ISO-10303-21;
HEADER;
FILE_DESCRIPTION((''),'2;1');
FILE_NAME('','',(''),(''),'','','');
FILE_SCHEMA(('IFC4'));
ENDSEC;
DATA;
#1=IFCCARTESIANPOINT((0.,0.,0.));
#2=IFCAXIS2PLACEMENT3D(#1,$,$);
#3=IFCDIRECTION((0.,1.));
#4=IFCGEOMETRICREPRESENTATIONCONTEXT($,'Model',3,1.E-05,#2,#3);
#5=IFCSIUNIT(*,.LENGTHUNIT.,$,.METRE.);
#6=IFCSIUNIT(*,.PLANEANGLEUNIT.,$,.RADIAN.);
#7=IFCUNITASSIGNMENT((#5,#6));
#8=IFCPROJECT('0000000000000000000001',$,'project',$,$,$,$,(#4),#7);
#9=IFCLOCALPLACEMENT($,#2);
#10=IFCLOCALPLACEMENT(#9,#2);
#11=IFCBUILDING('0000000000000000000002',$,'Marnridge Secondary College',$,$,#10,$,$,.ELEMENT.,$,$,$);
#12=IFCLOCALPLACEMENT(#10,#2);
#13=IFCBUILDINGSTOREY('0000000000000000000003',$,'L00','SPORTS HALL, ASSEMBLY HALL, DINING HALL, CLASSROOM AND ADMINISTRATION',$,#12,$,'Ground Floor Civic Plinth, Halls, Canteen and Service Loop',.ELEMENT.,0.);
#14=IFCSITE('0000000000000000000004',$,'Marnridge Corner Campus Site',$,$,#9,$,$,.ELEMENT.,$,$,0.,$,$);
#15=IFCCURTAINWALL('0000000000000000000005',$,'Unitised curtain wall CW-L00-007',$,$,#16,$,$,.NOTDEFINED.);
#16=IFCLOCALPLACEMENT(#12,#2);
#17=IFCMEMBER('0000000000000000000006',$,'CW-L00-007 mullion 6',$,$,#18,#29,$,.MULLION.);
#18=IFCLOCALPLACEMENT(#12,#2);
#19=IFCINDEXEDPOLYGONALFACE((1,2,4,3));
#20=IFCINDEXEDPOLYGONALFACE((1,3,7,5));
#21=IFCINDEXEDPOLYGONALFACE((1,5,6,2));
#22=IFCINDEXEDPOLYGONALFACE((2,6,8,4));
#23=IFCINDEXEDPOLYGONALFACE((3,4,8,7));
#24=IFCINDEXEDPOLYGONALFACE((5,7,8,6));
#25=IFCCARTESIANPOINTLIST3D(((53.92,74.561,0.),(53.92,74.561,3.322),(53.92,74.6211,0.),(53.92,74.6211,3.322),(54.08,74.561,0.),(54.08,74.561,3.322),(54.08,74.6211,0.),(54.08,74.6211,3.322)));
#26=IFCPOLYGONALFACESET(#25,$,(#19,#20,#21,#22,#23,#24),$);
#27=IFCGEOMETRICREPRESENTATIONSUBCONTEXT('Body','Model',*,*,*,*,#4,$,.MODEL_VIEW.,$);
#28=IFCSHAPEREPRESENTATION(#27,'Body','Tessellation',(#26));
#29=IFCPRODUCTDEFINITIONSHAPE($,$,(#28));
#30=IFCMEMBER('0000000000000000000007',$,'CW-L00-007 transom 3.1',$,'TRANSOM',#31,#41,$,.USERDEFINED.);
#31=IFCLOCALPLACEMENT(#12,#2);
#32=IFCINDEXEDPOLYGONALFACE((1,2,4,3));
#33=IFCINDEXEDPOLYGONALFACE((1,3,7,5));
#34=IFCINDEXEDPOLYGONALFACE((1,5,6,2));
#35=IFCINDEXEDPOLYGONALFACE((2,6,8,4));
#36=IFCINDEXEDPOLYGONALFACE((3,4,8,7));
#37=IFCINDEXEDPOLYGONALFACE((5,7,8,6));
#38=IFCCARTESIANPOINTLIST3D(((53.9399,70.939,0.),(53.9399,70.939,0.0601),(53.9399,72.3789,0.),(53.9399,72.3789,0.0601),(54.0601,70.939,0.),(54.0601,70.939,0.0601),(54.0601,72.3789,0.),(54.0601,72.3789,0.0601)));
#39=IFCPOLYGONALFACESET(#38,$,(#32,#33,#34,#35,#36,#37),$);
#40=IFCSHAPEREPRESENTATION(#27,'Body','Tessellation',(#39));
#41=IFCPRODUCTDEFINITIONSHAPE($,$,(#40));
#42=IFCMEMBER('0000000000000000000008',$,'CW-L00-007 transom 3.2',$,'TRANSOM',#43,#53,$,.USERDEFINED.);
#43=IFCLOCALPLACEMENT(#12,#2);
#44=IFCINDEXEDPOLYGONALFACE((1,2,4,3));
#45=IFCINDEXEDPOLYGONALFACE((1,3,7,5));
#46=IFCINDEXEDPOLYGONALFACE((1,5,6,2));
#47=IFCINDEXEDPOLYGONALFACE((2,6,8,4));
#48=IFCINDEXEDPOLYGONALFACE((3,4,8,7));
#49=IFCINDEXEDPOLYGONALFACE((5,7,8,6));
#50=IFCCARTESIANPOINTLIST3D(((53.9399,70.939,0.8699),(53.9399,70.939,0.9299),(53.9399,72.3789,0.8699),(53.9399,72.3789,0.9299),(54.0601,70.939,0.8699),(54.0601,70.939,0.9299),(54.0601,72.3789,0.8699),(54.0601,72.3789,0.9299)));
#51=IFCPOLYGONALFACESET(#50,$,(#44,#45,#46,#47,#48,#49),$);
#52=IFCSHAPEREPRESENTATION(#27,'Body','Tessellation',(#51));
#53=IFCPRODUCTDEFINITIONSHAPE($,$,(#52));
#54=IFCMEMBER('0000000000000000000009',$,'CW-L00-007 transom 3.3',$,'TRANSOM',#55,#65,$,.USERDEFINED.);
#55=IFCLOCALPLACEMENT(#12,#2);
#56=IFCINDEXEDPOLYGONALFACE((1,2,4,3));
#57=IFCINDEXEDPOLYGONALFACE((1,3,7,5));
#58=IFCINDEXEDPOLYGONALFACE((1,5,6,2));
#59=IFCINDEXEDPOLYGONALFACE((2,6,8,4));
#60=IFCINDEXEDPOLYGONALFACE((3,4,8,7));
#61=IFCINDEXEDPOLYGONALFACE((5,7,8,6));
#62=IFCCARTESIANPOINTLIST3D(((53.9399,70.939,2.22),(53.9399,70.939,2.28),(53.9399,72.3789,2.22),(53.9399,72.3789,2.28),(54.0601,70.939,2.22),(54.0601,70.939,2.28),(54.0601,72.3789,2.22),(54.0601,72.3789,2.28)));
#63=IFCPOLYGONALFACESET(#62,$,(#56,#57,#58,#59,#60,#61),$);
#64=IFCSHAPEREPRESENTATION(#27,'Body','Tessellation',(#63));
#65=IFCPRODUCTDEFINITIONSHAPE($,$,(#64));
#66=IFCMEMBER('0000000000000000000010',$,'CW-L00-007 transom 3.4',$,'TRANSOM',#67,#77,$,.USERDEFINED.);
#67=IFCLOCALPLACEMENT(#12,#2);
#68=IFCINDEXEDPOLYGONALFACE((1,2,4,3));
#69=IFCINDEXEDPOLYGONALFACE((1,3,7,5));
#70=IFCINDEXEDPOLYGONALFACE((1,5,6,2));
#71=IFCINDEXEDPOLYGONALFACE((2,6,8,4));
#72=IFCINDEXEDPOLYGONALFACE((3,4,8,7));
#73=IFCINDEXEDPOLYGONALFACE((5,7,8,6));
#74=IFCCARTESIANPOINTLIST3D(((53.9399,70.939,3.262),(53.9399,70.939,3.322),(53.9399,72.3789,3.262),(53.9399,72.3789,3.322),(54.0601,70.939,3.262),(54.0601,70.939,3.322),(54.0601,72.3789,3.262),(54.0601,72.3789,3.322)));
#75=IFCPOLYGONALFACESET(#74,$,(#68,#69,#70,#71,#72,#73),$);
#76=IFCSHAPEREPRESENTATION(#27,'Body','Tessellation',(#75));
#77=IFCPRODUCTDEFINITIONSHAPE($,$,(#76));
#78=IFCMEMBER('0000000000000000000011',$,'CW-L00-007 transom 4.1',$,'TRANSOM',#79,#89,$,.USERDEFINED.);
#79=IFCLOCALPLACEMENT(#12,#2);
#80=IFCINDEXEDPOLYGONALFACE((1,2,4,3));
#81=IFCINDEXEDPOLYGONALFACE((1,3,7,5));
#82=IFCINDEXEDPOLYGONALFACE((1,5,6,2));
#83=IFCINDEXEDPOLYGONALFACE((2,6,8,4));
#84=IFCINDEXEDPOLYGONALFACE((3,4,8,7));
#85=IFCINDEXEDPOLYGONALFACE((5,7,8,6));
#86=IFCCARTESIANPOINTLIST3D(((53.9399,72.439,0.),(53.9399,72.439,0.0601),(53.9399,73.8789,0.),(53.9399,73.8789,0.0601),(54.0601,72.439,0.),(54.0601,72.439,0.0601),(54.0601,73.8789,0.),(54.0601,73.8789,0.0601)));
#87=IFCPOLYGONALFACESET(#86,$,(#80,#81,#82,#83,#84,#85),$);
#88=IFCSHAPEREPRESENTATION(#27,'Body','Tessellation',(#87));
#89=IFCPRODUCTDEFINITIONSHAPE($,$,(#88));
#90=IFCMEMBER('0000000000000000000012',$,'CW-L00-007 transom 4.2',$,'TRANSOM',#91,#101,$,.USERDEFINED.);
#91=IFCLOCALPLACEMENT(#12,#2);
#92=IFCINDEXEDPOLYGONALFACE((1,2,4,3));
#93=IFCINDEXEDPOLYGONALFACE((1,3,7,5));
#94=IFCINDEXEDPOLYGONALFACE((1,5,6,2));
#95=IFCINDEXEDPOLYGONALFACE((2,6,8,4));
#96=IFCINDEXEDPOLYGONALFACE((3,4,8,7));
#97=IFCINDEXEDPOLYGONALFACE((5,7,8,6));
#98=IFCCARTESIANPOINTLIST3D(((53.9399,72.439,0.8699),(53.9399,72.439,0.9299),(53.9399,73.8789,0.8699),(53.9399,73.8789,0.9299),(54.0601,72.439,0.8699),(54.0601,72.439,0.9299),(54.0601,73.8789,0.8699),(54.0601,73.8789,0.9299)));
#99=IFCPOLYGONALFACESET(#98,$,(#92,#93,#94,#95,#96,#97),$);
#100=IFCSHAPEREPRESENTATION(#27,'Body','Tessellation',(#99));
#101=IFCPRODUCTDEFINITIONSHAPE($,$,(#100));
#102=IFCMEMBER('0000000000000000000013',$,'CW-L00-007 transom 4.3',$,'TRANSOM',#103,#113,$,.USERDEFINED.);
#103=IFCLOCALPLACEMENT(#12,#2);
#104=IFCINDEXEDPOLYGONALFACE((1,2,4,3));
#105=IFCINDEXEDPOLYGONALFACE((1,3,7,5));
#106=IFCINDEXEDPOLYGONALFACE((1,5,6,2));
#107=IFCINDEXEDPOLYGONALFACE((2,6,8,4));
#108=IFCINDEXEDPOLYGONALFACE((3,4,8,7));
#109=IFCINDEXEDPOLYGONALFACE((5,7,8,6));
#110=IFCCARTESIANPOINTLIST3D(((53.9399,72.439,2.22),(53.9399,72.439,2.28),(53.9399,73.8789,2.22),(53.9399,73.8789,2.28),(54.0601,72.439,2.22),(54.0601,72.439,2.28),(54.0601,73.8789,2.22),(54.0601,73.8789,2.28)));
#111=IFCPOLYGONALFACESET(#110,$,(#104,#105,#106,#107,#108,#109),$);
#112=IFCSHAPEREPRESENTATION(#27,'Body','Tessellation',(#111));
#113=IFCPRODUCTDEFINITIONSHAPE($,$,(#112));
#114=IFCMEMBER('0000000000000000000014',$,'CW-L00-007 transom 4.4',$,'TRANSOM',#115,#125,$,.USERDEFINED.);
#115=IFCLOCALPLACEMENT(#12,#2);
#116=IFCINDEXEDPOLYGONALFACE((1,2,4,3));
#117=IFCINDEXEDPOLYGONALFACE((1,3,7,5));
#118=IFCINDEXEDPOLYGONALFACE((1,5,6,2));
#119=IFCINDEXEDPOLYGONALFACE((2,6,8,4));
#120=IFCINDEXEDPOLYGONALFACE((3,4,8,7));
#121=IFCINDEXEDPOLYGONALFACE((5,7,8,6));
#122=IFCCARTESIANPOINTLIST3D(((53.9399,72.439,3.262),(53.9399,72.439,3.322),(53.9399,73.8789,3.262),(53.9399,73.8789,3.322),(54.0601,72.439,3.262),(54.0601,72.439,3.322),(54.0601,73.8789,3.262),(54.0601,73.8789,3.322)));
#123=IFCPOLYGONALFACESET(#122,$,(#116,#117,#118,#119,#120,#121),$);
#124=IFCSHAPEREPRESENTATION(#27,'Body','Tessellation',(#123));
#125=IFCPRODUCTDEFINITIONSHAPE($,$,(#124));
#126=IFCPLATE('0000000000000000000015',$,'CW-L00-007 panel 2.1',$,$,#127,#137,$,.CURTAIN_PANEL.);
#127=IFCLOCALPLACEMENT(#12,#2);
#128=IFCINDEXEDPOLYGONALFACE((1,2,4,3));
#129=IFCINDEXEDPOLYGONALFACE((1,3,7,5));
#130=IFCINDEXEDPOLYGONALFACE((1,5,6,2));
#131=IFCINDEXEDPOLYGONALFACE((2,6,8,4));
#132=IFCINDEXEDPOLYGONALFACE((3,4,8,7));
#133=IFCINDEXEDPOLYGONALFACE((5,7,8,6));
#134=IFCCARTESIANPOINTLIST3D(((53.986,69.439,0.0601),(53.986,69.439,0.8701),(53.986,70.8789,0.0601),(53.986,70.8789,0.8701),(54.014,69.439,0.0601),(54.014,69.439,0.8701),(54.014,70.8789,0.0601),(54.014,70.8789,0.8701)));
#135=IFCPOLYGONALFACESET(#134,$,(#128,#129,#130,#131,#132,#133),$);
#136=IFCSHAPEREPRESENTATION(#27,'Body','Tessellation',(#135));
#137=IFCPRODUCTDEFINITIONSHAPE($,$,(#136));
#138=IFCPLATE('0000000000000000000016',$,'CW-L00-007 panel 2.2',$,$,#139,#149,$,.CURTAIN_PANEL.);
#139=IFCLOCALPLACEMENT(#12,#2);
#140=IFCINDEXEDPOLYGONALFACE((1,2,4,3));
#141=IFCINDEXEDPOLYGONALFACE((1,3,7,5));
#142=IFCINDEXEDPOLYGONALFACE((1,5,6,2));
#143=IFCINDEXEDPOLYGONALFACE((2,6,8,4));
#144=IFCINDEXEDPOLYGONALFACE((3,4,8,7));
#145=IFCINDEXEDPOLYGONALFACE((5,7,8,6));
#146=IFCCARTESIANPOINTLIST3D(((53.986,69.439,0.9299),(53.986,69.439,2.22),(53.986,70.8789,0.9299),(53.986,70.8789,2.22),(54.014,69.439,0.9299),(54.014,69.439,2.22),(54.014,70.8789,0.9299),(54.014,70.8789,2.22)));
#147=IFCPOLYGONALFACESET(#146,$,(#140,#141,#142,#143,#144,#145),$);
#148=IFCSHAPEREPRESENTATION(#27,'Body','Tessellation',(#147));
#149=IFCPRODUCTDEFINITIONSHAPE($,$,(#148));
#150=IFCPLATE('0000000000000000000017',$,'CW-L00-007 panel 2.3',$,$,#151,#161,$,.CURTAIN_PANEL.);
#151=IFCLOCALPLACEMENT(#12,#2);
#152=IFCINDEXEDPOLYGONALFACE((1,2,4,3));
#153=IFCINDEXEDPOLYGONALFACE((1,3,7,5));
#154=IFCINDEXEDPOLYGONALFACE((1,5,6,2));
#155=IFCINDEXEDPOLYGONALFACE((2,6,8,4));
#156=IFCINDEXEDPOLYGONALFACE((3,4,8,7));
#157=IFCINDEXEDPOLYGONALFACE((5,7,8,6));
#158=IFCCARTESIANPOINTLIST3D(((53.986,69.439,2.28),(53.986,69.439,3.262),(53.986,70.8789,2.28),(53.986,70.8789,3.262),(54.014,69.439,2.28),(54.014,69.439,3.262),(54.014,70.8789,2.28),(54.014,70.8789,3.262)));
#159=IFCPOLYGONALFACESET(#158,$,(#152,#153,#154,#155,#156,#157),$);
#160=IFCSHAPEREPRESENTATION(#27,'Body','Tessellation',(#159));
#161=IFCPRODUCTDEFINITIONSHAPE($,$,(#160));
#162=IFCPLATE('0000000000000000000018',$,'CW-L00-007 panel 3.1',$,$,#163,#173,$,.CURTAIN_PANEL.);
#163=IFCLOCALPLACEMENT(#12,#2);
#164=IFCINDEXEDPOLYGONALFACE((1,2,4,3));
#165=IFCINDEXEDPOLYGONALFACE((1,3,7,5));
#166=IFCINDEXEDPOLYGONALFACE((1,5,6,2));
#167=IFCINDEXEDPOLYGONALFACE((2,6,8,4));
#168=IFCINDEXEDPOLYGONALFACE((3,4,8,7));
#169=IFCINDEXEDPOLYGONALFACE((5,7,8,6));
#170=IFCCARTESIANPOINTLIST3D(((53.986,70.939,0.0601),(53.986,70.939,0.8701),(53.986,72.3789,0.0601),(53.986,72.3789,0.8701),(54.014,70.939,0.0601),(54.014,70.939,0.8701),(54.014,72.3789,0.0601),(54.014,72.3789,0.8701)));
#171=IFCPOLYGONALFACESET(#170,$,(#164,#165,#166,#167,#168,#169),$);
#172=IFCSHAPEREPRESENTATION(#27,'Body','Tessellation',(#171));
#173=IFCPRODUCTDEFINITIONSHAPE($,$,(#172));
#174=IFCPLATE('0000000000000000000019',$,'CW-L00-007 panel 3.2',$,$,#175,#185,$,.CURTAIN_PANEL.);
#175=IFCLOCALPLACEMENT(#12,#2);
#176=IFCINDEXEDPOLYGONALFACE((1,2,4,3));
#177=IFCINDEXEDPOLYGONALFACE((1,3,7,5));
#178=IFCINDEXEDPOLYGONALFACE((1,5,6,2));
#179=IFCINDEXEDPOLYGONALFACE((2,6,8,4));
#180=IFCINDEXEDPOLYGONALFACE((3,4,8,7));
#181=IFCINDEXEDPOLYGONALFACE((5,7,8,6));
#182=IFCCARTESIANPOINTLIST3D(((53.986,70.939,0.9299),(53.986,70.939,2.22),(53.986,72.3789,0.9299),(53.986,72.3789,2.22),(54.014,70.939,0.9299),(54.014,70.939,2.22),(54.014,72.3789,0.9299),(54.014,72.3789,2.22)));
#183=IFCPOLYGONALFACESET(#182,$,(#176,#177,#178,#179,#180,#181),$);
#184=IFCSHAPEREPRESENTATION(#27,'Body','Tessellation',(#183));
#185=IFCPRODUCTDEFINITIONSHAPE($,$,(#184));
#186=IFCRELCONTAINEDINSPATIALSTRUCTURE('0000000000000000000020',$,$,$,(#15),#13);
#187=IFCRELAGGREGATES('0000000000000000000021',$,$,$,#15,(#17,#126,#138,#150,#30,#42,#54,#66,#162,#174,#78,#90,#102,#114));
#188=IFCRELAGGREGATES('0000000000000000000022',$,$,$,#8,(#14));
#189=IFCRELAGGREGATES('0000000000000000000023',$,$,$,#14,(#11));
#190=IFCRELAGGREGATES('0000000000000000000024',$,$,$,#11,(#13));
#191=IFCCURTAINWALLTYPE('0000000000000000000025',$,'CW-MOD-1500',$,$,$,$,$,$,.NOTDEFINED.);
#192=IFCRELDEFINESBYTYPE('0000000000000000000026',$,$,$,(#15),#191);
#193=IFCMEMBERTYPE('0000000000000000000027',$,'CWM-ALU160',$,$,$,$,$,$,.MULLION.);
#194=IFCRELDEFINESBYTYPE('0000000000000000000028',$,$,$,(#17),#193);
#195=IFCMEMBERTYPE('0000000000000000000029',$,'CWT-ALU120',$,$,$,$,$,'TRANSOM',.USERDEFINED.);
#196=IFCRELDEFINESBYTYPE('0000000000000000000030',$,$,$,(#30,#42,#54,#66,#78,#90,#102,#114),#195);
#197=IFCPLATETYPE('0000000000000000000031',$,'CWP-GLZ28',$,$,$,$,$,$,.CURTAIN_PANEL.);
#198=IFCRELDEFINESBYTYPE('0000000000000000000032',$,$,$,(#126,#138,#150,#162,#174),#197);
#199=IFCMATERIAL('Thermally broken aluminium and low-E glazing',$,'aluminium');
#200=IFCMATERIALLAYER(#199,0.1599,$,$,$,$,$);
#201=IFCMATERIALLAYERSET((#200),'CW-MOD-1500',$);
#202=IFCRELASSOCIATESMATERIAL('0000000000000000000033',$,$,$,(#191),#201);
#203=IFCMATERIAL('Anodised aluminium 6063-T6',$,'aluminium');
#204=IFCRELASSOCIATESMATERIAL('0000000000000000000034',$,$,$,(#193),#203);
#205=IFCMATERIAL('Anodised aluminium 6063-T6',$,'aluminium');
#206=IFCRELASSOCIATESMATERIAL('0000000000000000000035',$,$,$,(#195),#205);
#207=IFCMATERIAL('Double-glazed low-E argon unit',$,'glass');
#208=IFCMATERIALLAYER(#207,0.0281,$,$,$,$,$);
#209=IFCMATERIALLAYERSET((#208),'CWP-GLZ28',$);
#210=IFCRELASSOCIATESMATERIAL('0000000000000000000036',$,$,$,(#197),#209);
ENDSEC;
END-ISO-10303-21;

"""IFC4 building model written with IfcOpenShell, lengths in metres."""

from ifc_helpers import new_model, si_unit, direction, frame, origin, origin_2d, place, context, subcontext, project, spatial, rectangle, extrude, material, layer, layer_set, material_profile, profile_set, type_object, element, aggregate, save


model = new_model("IFC4")

# Units and contexts
model_context = context("Model", 3, precision=1e-05, world=origin(), true_north=direction((0.0, 1.0)))
body_context = subcontext(model_context, "Body", "Model", "MODEL_VIEW")
ifc_project = project(units=[si_unit("LENGTHUNIT", "METRE"), si_unit("PLANEANGLEUNIT", "RADIAN")], contexts=[model_context])

# Site, building, storey
site_placement = place(None, origin())
site = spatial("IfcSite", under=ifc_project, at=site_placement, Name="Marnridge Corner Campus Site", CompositionType="ELEMENT", RefElevation=0.0)
building_placement = place(site_placement, origin())
building = spatial("IfcBuilding", under=site, at=building_placement, Name="Marnridge Secondary College", CompositionType="ELEMENT")
storey_placement = place(building_placement, origin())
storey = spatial("IfcBuildingStorey", under=building, at=storey_placement, Name="L00", Description="SPORTS HALL, ASSEMBLY HALL, DINING HALL, CLASSROOM AND ADMINISTRATION", LongName="Ground Floor Civic Plinth, Halls, Canteen and Service Loop", CompositionType="ELEMENT", Elevation=0.0)

# Curtain wall, members, plates
ifc_material_1 = material(Name="Thermally broken aluminium and low-E glazing", Category="aluminium")
ifc_layer_1 = layer(ifc_material_1, 0.1599)
ifc_layer_set_1 = layer_set([ifc_layer_1], Name="CW-MOD-1500")
curtain_wall_type = type_object("IfcCurtainWallType", Name="CW-MOD-1500", PredefinedType="NOTDEFINED", material=ifc_layer_set_1)
curtain_wall_placement = place(storey_placement, origin())
curtain_wall = element("IfcCurtainWall", 1, at=curtain_wall_placement, inside=storey, type_object=curtain_wall_type, Name="Unitised curtain wall CW-L00-007", PredefinedType="NOTDEFINED")
ifc_material_2 = material(Name="Anodised aluminium 6063-T6", Category="aluminium")
ifc_material_profile_1 = material_profile(ifc_material_2, rectangle(XDim=0.0601, YDim=0.1599, at=origin_2d()), Name="ALU 60x160")
ifc_profile_set_1 = profile_set([ifc_material_profile_1], Name="Anodised aluminium 6063-T6")
member_type_1 = type_object("IfcMemberType", Name="CWM-ALU160", PredefinedType="MULLION", material=ifc_profile_set_1)
member_1_placement = place(storey_placement, frame((54.0, 74.5911, 0.0), z_axis=(0.0, 0.0, 1.0), x_axis=(0.0, 1.0, 0.0)))
member_1 = element("IfcMember", 2, at=member_1_placement, type_object=member_type_1, Name="CW-L00-007 mullion 6", PredefinedType="MULLION", context=body_context, shape_type="SweptSolid", body=[
    extrude(rectangle(XDim=0.0601, YDim=0.1599, at=origin_2d()), origin(), (0.0, 0.0, 1.0), 3.322),
])
ifc_material_3 = material(Name="Anodised aluminium 6063-T6", Category="aluminium")
ifc_material_profile_2 = material_profile(ifc_material_3, rectangle(XDim=0.0601, YDim=0.1201, at=origin_2d()), Name="ALU 60x120")
ifc_profile_set_2 = profile_set([ifc_material_profile_2], Name="Anodised aluminium 6063-T6")
member_type_2 = type_object("IfcMemberType", Name="CWT-ALU120", ElementType="TRANSOM", PredefinedType="USERDEFINED", material=ifc_profile_set_2)
member_2_placement = place(storey_placement, frame((54.0, 70.939, 0.03), z_axis=(0.0, 1.0, 0.0), x_axis=(0.0, 0.0, 1.0)))
member_2 = element("IfcMember", 3, at=member_2_placement, type_object=member_type_2, Name="CW-L00-007 transom 3.1", ObjectType="TRANSOM", PredefinedType="USERDEFINED", context=body_context, shape_type="SweptSolid", body=[
    extrude(rectangle(XDim=0.0601, YDim=0.1201, at=origin_2d()), origin(), (0.0, 0.0, 1.0), 1.4399),
])
member_3_placement = place(storey_placement, frame((54.0, 70.939, 0.8999), z_axis=(0.0, 1.0, 0.0), x_axis=(0.0, 0.0, 1.0)))
member_3 = element("IfcMember", 4, at=member_3_placement, type_object=member_type_2, Name="CW-L00-007 transom 3.2", ObjectType="TRANSOM", PredefinedType="USERDEFINED", context=body_context, shape_type="SweptSolid", body=[
    extrude(rectangle(XDim=0.0601, YDim=0.1201, at=origin_2d()), origin(), (0.0, 0.0, 1.0), 1.4399),
])
member_4_placement = place(storey_placement, frame((54.0, 70.939, 2.25), z_axis=(0.0, 1.0, 0.0), x_axis=(0.0, 0.0, 1.0)))
member_4 = element("IfcMember", 5, at=member_4_placement, type_object=member_type_2, Name="CW-L00-007 transom 3.3", ObjectType="TRANSOM", PredefinedType="USERDEFINED", context=body_context, shape_type="SweptSolid", body=[
    extrude(rectangle(XDim=0.0601, YDim=0.1201, at=origin_2d()), origin(), (0.0, 0.0, 1.0), 1.4399),
])
member_5_placement = place(storey_placement, frame((54.0, 70.939, 3.292), z_axis=(0.0, 1.0, 0.0), x_axis=(0.0, 0.0, 1.0)))
member_5 = element("IfcMember", 6, at=member_5_placement, type_object=member_type_2, Name="CW-L00-007 transom 3.4", ObjectType="TRANSOM", PredefinedType="USERDEFINED", context=body_context, shape_type="SweptSolid", body=[
    extrude(rectangle(XDim=0.0601, YDim=0.1201, at=origin_2d()), origin(), (0.0, 0.0, 1.0), 1.4399),
])
member_6_placement = place(storey_placement, frame((54.0, 72.439, 0.03), z_axis=(0.0, 1.0, 0.0), x_axis=(0.0, 0.0, 1.0)))
member_6 = element("IfcMember", 7, at=member_6_placement, type_object=member_type_2, Name="CW-L00-007 transom 4.1", ObjectType="TRANSOM", PredefinedType="USERDEFINED", context=body_context, shape_type="SweptSolid", body=[
    extrude(rectangle(XDim=0.0601, YDim=0.1201, at=origin_2d()), origin(), (0.0, 0.0, 1.0), 1.4399),
])
member_7_placement = place(storey_placement, frame((54.0, 72.439, 0.8999), z_axis=(0.0, 1.0, 0.0), x_axis=(0.0, 0.0, 1.0)))
member_7 = element("IfcMember", 8, at=member_7_placement, type_object=member_type_2, Name="CW-L00-007 transom 4.2", ObjectType="TRANSOM", PredefinedType="USERDEFINED", context=body_context, shape_type="SweptSolid", body=[
    extrude(rectangle(XDim=0.0601, YDim=0.1201, at=origin_2d()), origin(), (0.0, 0.0, 1.0), 1.4399),
])
member_8_placement = place(storey_placement, frame((54.0, 72.439, 2.25), z_axis=(0.0, 1.0, 0.0), x_axis=(0.0, 0.0, 1.0)))
member_8 = element("IfcMember", 9, at=member_8_placement, type_object=member_type_2, Name="CW-L00-007 transom 4.3", ObjectType="TRANSOM", PredefinedType="USERDEFINED", context=body_context, shape_type="SweptSolid", body=[
    extrude(rectangle(XDim=0.0601, YDim=0.1201, at=origin_2d()), origin(), (0.0, 0.0, 1.0), 1.4399),
])
member_9_placement = place(storey_placement, frame((54.0, 72.439, 3.292), z_axis=(0.0, 1.0, 0.0), x_axis=(0.0, 0.0, 1.0)))
member_9 = element("IfcMember", 10, at=member_9_placement, type_object=member_type_2, Name="CW-L00-007 transom 4.4", ObjectType="TRANSOM", PredefinedType="USERDEFINED", context=body_context, shape_type="SweptSolid", body=[
    extrude(rectangle(XDim=0.0601, YDim=0.1201, at=origin_2d()), origin(), (0.0, 0.0, 1.0), 1.4399),
])
ifc_material_4 = material(Name="Double-glazed low-E argon unit", Category="glass")
ifc_layer_2 = layer(ifc_material_4, 0.0281)
ifc_layer_set_2 = layer_set([ifc_layer_2], Name="CWP-GLZ28")
plate_type = type_object("IfcPlateType", Name="CWP-GLZ28", PredefinedType="CURTAIN_PANEL", material=ifc_layer_set_2)
plate_1_placement = place(storey_placement, frame((54.0, 70.1589, 0.0601), z_axis=(0.0, 0.0, 1.0), x_axis=(0.0, 1.0, 0.0)))
plate_1 = element("IfcPlate", 11, at=plate_1_placement, type_object=plate_type, Name="CW-L00-007 panel 2.1", PredefinedType="CURTAIN_PANEL", context=body_context, shape_type="SweptSolid", body=[
    extrude(rectangle(XDim=1.4399, YDim=0.0281, at=origin_2d()), origin(), (0.0, 0.0, 1.0), 0.8101),
])
plate_2_placement = place(storey_placement, frame((54.0, 70.1589, 0.9299), z_axis=(0.0, 0.0, 1.0), x_axis=(0.0, 1.0, 0.0)))
plate_2 = element("IfcPlate", 12, at=plate_2_placement, type_object=plate_type, Name="CW-L00-007 panel 2.2", PredefinedType="CURTAIN_PANEL", context=body_context, shape_type="SweptSolid", body=[
    extrude(rectangle(XDim=1.4399, YDim=0.0281, at=origin_2d()), origin(), (0.0, 0.0, 1.0), 1.29),
])
plate_3_placement = place(storey_placement, frame((54.0, 70.1589, 2.28), z_axis=(0.0, 0.0, 1.0), x_axis=(0.0, 1.0, 0.0)))
plate_3 = element("IfcPlate", 13, at=plate_3_placement, type_object=plate_type, Name="CW-L00-007 panel 2.3", PredefinedType="CURTAIN_PANEL", context=body_context, shape_type="SweptSolid", body=[
    extrude(rectangle(XDim=1.4399, YDim=0.0281, at=origin_2d()), origin(), (0.0, 0.0, 1.0), 0.9819),
])
plate_4_placement = place(storey_placement, frame((54.0, 71.6589, 0.0601), z_axis=(0.0, 0.0, 1.0), x_axis=(0.0, 1.0, 0.0)))
plate_4 = element("IfcPlate", 14, at=plate_4_placement, type_object=plate_type, Name="CW-L00-007 panel 3.1", PredefinedType="CURTAIN_PANEL", context=body_context, shape_type="SweptSolid", body=[
    extrude(rectangle(XDim=1.4399, YDim=0.0281, at=origin_2d()), origin(), (0.0, 0.0, 1.0), 0.8101),
])
plate_5_placement = place(storey_placement, frame((54.0, 71.6589, 0.9299), z_axis=(0.0, 0.0, 1.0), x_axis=(0.0, 1.0, 0.0)))
plate_5 = element("IfcPlate", 15, at=plate_5_placement, type_object=plate_type, Name="CW-L00-007 panel 3.2", PredefinedType="CURTAIN_PANEL", context=body_context, shape_type="SweptSolid", body=[
    extrude(rectangle(XDim=1.4399, YDim=0.0281, at=origin_2d()), origin(), (0.0, 0.0, 1.0), 1.29),
])
aggregate(curtain_wall, [member_1, plate_1, plate_2, plate_3, member_2, member_3, member_4, member_5, plate_4, plate_5, member_6, member_7, member_8, member_9])

save(model, "model.ifc")
